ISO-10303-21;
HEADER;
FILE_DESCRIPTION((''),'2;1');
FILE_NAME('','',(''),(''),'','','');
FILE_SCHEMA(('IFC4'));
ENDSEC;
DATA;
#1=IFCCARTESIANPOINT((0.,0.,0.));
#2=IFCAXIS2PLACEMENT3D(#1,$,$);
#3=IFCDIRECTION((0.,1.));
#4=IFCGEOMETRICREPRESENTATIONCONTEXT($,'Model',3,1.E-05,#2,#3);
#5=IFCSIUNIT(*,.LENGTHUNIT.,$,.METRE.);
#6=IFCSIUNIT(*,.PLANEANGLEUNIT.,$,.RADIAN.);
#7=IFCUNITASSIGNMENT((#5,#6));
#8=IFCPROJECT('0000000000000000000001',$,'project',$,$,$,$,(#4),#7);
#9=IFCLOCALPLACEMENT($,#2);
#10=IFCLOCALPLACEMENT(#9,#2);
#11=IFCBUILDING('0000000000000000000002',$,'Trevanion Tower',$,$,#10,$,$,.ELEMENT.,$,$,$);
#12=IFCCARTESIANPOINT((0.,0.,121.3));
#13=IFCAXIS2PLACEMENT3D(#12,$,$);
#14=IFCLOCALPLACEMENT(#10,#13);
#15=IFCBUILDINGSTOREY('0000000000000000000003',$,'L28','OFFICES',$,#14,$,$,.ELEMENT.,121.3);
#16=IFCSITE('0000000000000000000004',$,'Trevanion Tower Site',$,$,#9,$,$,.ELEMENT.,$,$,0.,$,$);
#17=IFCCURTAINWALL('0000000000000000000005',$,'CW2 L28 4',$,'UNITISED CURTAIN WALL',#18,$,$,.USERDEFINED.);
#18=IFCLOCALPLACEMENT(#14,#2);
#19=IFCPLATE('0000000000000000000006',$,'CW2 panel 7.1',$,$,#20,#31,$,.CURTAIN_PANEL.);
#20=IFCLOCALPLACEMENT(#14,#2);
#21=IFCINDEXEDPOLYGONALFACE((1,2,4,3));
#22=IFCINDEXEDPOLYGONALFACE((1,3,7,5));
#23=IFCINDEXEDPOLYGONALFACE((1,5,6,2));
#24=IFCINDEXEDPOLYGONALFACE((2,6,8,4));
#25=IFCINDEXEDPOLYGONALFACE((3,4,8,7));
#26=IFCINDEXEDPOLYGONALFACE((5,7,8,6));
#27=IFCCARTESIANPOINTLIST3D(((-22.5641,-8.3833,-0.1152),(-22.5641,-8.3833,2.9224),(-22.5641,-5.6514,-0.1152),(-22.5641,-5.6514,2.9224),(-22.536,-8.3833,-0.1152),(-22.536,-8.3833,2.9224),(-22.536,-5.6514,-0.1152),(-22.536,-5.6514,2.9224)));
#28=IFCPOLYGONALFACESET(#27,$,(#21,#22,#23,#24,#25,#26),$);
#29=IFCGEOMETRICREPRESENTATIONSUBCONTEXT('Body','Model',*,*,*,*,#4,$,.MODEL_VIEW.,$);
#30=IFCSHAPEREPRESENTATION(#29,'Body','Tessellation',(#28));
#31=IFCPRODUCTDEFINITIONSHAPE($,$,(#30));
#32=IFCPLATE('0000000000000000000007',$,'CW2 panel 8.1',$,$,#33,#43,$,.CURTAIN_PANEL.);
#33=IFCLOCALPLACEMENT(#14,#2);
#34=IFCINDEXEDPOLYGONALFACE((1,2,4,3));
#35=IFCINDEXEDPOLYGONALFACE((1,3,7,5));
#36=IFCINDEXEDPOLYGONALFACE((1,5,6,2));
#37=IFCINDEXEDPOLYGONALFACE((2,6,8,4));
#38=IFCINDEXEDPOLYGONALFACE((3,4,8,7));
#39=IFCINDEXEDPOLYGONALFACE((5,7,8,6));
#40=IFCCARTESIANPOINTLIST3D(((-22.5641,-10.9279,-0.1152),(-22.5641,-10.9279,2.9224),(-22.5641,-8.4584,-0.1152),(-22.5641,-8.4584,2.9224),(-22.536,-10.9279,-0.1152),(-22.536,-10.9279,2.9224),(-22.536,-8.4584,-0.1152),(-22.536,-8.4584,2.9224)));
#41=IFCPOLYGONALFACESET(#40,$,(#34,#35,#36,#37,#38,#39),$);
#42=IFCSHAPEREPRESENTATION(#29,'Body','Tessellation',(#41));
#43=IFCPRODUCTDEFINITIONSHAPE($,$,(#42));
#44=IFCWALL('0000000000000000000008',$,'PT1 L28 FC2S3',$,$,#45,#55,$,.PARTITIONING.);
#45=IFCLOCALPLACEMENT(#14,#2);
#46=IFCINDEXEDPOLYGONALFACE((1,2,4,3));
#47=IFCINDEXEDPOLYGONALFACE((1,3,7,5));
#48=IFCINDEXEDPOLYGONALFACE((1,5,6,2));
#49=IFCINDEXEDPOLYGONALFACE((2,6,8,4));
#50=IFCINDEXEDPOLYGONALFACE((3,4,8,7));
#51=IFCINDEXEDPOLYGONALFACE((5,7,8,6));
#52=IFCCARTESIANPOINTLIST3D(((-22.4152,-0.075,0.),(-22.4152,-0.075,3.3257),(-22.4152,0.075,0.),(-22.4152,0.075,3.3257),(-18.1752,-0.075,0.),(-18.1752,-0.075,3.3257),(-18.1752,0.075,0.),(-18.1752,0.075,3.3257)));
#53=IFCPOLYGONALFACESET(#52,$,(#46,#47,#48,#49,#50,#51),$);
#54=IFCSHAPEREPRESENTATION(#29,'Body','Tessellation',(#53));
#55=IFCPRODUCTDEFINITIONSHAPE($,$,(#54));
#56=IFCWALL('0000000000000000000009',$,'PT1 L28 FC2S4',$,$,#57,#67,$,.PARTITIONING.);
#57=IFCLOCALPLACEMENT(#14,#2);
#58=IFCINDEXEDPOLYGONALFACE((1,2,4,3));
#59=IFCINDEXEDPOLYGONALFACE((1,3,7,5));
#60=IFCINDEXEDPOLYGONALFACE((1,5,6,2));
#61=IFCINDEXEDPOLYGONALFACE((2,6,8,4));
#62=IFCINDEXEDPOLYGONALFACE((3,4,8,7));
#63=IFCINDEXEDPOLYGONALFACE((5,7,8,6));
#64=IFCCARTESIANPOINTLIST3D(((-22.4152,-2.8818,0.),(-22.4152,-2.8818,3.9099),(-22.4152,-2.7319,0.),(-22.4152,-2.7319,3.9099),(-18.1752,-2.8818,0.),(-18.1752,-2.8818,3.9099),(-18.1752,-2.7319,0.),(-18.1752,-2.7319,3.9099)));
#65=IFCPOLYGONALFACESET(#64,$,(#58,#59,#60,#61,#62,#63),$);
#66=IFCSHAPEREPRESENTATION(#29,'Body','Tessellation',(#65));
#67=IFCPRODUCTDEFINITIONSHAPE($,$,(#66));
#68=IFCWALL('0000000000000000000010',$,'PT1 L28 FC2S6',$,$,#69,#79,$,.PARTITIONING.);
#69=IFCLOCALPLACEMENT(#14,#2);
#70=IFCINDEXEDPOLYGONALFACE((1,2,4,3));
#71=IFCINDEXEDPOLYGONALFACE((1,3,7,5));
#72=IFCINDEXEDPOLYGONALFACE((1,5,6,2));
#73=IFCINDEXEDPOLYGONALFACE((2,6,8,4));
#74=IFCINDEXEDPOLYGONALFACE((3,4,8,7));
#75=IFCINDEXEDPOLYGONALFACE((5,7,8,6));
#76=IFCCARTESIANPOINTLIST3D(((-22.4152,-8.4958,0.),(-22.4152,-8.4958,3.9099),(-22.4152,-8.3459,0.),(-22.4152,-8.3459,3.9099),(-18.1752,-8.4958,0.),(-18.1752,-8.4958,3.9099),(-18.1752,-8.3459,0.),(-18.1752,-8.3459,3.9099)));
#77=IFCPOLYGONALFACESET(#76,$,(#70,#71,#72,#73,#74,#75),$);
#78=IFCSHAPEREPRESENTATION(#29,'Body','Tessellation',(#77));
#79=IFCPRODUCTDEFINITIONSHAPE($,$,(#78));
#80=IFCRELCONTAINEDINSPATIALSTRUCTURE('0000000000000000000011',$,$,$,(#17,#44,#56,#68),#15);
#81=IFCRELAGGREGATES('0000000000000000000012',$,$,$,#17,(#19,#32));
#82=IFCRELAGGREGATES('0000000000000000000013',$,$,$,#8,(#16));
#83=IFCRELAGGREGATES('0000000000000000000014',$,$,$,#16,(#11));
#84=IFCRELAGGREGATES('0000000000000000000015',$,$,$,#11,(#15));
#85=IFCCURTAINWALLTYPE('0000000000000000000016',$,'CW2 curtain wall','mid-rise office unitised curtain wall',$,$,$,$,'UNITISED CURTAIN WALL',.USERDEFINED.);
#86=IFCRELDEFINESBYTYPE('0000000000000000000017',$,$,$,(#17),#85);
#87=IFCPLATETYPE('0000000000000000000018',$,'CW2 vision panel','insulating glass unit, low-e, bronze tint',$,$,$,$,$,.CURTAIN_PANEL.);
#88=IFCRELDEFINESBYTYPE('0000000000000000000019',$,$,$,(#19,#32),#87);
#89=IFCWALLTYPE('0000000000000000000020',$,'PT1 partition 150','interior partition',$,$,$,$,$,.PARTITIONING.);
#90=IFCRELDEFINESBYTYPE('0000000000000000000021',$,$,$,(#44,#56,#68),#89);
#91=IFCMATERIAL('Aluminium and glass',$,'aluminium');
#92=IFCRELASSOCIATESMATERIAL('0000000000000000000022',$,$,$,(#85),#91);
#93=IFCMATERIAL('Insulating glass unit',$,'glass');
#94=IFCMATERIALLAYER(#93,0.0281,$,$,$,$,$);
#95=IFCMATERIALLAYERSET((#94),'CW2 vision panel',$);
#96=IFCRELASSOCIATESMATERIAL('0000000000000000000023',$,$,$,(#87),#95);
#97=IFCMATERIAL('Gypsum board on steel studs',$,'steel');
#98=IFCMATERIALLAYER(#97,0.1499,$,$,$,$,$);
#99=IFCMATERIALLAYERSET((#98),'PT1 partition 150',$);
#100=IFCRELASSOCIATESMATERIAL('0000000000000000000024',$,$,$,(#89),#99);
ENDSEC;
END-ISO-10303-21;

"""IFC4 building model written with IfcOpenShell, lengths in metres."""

from ifc_helpers import new_model, si_unit, direction, frame, frame_2d, origin, origin_2d, place, context, subcontext, project, spatial, rectangle, extrude, material, layer, layer_set, type_object, element, aggregate, save


model = new_model("IFC4")

# Units and contexts
model_context = context("Model", 3, precision=1e-05, world=origin(), true_north=direction((0.0, 1.0)))
body_context = subcontext(model_context, "Body", "Model", "MODEL_VIEW")
ifc_project = project(units=[si_unit("LENGTHUNIT", "METRE"), si_unit("PLANEANGLEUNIT", "RADIAN")], contexts=[model_context])

# Site, building, storey
site_placement = place(None, origin())
site = spatial("IfcSite", under=ifc_project, at=site_placement, Name="Trevanion Tower Site", CompositionType="ELEMENT", RefElevation=0.0)
building_placement = place(site_placement, origin())
building = spatial("IfcBuilding", under=site, at=building_placement, Name="Trevanion Tower", CompositionType="ELEMENT")
storey_placement = place(building_placement, frame((0.0, 0.0, 121.3)))
storey = spatial("IfcBuildingStorey", under=building, at=storey_placement, Name="L28", Description="OFFICES", CompositionType="ELEMENT", Elevation=121.3)

# Curtain wall
ifc_material_1 = material(Name="Aluminium and glass", Category="aluminium")
curtain_wall_type = type_object("IfcCurtainWallType", Name="CW2 curtain wall", Description="mid-rise office unitised curtain wall", ElementType="UNITISED CURTAIN WALL", PredefinedType="USERDEFINED", material=ifc_material_1)
curtain_wall_1_placement = place(storey_placement, origin())
curtain_wall_1 = element("IfcCurtainWall", 1, at=curtain_wall_1_placement, inside=storey, type_object=curtain_wall_type, Name="CW2 L28 4", ObjectType="UNITISED CURTAIN WALL", PredefinedType="USERDEFINED")

# Plates
ifc_material_2 = material(Name="Insulating glass unit", Category="glass")
ifc_layer_1 = layer(ifc_material_2, 0.0281)
ifc_layer_set_1 = layer_set([ifc_layer_1], Name="CW2 vision panel")
plate_type_1 = type_object("IfcPlateType", Name="CW2 vision panel", Description="insulating glass unit, low-e, bronze tint", PredefinedType="CURTAIN_PANEL", material=ifc_layer_set_1)
plate_1_placement = place(storey_placement, frame((-22.55, -7.0173, -0.1152), z_axis=(0.0, 0.0, 1.0), x_axis=(0.0, -1.0, 0.0)))
plate_1 = element("IfcPlate", 2, at=plate_1_placement, type_object=plate_type_1, Name="CW2 panel 7.1", PredefinedType="CURTAIN_PANEL", context=body_context, shape_type="SweptSolid", body=[
    extrude(rectangle(XDim=2.7319, YDim=0.0281, at=origin_2d()), origin(), (0.0, 0.0, 1.0), 3.0376),
])
plate_2_placement = place(storey_placement, frame((-22.55, -9.6931, -0.1152), z_axis=(0.0, 0.0, 1.0), x_axis=(0.0, -1.0, 0.0)))
plate_2 = element("IfcPlate", 3, at=plate_2_placement, type_object=plate_type_1, Name="CW2 panel 8.1", PredefinedType="CURTAIN_PANEL", context=body_context, shape_type="SweptSolid", body=[
    extrude(rectangle(XDim=2.4695, YDim=0.0281, at=origin_2d()), origin(), (0.0, 0.0, 1.0), 3.0376),
])
aggregate(curtain_wall_1, [plate_1, plate_2])

# Walls
ifc_material_3 = material(Name="Gypsum board on steel studs", Category="steel")
ifc_layer_2 = layer(ifc_material_3, 0.1499)
ifc_layer_set_2 = layer_set([ifc_layer_2], Name="PT1 partition 150")
wall_type = type_object("IfcWallType", Name="PT1 partition 150", Description="interior partition", PredefinedType="PARTITIONING", material=ifc_layer_set_2)
wall_placement = place(storey_placement, frame((-18.175, 0.0, 0.0), z_axis=(0.0, 0.0, 1.0), x_axis=(-1.0, 0.0, 0.0)))
element("IfcWall", 4, at=wall_placement, inside=storey, type_object=wall_type, Name="PT1 L28 FC2S3", PredefinedType="PARTITIONING", context=body_context, shape_type="SweptSolid", body=[
    extrude(rectangle(XDim=4.24, YDim=0.1499, at=frame_2d((2.1201, 0.0))), origin(), (0.0, 0.0, 1.0), 3.3257),
])
for number, where, z_axis, x_axis, name in (
    (5, (-18.175, -2.8069, 0.0), (0.0, 0.0, 1.0), (-1.0, 0.0, 0.0), "PT1 L28 FC2S4"),
    (6, (-18.175, -8.4209, 0.0), (0.0, 0.0, 1.0), (-1.0, 0.0, 0.0), "PT1 L28 FC2S6"),
):
    element("IfcWall", number, at=place(storey_placement, frame(where, z_axis=z_axis, x_axis=x_axis)), inside=storey, type_object=wall_type, Name=name, PredefinedType="PARTITIONING", context=body_context, shape_type="SweptSolid", body=[
        extrude(rectangle(XDim=4.24, YDim=0.1499, at=frame_2d((2.1201, 0.0))), origin(), (0.0, 0.0, 1.0), 3.9099),
    ])

save(model, "model.ifc")
